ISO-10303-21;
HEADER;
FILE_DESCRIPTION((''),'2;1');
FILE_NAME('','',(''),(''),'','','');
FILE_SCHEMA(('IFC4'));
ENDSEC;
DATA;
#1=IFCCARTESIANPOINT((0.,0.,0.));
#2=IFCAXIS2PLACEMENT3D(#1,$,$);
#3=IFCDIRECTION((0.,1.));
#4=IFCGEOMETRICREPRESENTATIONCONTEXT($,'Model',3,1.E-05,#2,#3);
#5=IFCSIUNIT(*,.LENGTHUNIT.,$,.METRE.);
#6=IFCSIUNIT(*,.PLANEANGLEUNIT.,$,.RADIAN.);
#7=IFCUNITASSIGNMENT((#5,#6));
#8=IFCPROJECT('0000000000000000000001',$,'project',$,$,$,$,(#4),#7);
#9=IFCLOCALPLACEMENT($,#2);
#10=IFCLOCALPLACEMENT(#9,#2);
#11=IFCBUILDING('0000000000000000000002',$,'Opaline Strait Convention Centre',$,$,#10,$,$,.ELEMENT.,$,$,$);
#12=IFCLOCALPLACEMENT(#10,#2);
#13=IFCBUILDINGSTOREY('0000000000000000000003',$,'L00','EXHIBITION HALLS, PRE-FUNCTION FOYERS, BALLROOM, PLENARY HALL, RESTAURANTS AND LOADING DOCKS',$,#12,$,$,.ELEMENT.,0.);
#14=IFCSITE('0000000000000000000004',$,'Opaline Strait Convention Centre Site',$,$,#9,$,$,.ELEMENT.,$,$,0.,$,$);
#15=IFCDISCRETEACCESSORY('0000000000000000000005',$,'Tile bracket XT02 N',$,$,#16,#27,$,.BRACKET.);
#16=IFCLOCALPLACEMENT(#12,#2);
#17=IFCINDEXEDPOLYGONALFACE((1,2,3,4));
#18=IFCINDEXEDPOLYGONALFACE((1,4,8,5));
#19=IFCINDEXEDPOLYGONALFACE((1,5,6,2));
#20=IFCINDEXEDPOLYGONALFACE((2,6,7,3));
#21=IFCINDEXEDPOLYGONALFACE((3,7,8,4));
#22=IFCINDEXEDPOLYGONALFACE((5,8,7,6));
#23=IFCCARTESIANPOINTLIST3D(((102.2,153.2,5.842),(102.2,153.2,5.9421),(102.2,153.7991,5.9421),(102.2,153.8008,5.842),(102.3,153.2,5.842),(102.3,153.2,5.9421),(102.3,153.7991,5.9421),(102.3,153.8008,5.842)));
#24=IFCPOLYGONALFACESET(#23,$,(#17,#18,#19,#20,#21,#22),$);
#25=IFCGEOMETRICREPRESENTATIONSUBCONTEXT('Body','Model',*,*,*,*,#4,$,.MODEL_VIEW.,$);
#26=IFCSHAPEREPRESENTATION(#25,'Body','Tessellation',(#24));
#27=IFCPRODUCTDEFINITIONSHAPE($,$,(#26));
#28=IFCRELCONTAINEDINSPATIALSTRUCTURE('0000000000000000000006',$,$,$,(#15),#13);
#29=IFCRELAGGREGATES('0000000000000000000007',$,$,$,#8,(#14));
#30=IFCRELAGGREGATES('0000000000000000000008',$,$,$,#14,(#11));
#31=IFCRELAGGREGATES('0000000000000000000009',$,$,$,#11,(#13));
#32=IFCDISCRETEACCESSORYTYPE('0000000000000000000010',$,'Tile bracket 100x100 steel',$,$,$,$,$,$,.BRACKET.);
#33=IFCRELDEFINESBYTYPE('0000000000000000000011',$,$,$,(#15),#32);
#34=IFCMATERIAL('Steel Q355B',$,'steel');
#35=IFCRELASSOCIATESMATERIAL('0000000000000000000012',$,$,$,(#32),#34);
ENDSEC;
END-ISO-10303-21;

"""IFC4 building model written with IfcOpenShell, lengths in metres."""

from ifc_helpers import new_model, si_unit, direction, frame, origin, place, context, subcontext, project, spatial, polyline, outline, extrude, material, type_object, element, save


model = new_model("IFC4")

# Units and contexts
model_context = context("Model", 3, precision=1e-05, world=origin(), true_north=direction((0.0, 1.0)))
body_context = subcontext(model_context, "Body", "Model", "MODEL_VIEW")
ifc_project = project(units=[si_unit("LENGTHUNIT", "METRE"), si_unit("PLANEANGLEUNIT", "RADIAN")], contexts=[model_context])

# Site, building, storey
site_placement = place(None, origin())
site = spatial("IfcSite", under=ifc_project, at=site_placement, Name="Opaline Strait Convention Centre Site", CompositionType="ELEMENT", RefElevation=0.0)
building_placement = place(site_placement, origin())
building = spatial("IfcBuilding", under=site, at=building_placement, Name="Opaline Strait Convention Centre", CompositionType="ELEMENT")
storey_placement = place(building_placement, origin())
storey = spatial("IfcBuildingStorey", under=building, at=storey_placement, Name="L00", Description="EXHIBITION HALLS, PRE-FUNCTION FOYERS, BALLROOM, PLENARY HALL, RESTAURANTS AND LOADING DOCKS", CompositionType="ELEMENT", Elevation=0.0)

# Shared definitions
ifc_material_1 = material(Name="Steel Q355B", Category="steel")

# Discrete accessory
discrete_accessory_type = type_object("IfcDiscreteAccessoryType", Name="Tile bracket 100x100 steel", PredefinedType="BRACKET", material=ifc_material_1)
discrete_accessory_1_placement = place(storey_placement, frame((102.3, 153.2, 5.8921), z_axis=(-1.0, 0.0, 0.0), x_axis=(0.0, -1.0, 0.0)))
element("IfcDiscreteAccessory", 1, at=discrete_accessory_1_placement, inside=storey, type_object=discrete_accessory_type, Name="Tile bracket XT02 N", PredefinedType="BRACKET", context=body_context, shape_type="SweptSolid", body=[
    extrude(outline(polyline([(0.0, -0.05), (0.0, 0.05), (-0.5991, 0.05), (-0.6008, -0.05), (0.0, -0.05)])), origin(), (0.0, 0.0, 1.0), 0.1001),
])

save(model, "model.ifc")
